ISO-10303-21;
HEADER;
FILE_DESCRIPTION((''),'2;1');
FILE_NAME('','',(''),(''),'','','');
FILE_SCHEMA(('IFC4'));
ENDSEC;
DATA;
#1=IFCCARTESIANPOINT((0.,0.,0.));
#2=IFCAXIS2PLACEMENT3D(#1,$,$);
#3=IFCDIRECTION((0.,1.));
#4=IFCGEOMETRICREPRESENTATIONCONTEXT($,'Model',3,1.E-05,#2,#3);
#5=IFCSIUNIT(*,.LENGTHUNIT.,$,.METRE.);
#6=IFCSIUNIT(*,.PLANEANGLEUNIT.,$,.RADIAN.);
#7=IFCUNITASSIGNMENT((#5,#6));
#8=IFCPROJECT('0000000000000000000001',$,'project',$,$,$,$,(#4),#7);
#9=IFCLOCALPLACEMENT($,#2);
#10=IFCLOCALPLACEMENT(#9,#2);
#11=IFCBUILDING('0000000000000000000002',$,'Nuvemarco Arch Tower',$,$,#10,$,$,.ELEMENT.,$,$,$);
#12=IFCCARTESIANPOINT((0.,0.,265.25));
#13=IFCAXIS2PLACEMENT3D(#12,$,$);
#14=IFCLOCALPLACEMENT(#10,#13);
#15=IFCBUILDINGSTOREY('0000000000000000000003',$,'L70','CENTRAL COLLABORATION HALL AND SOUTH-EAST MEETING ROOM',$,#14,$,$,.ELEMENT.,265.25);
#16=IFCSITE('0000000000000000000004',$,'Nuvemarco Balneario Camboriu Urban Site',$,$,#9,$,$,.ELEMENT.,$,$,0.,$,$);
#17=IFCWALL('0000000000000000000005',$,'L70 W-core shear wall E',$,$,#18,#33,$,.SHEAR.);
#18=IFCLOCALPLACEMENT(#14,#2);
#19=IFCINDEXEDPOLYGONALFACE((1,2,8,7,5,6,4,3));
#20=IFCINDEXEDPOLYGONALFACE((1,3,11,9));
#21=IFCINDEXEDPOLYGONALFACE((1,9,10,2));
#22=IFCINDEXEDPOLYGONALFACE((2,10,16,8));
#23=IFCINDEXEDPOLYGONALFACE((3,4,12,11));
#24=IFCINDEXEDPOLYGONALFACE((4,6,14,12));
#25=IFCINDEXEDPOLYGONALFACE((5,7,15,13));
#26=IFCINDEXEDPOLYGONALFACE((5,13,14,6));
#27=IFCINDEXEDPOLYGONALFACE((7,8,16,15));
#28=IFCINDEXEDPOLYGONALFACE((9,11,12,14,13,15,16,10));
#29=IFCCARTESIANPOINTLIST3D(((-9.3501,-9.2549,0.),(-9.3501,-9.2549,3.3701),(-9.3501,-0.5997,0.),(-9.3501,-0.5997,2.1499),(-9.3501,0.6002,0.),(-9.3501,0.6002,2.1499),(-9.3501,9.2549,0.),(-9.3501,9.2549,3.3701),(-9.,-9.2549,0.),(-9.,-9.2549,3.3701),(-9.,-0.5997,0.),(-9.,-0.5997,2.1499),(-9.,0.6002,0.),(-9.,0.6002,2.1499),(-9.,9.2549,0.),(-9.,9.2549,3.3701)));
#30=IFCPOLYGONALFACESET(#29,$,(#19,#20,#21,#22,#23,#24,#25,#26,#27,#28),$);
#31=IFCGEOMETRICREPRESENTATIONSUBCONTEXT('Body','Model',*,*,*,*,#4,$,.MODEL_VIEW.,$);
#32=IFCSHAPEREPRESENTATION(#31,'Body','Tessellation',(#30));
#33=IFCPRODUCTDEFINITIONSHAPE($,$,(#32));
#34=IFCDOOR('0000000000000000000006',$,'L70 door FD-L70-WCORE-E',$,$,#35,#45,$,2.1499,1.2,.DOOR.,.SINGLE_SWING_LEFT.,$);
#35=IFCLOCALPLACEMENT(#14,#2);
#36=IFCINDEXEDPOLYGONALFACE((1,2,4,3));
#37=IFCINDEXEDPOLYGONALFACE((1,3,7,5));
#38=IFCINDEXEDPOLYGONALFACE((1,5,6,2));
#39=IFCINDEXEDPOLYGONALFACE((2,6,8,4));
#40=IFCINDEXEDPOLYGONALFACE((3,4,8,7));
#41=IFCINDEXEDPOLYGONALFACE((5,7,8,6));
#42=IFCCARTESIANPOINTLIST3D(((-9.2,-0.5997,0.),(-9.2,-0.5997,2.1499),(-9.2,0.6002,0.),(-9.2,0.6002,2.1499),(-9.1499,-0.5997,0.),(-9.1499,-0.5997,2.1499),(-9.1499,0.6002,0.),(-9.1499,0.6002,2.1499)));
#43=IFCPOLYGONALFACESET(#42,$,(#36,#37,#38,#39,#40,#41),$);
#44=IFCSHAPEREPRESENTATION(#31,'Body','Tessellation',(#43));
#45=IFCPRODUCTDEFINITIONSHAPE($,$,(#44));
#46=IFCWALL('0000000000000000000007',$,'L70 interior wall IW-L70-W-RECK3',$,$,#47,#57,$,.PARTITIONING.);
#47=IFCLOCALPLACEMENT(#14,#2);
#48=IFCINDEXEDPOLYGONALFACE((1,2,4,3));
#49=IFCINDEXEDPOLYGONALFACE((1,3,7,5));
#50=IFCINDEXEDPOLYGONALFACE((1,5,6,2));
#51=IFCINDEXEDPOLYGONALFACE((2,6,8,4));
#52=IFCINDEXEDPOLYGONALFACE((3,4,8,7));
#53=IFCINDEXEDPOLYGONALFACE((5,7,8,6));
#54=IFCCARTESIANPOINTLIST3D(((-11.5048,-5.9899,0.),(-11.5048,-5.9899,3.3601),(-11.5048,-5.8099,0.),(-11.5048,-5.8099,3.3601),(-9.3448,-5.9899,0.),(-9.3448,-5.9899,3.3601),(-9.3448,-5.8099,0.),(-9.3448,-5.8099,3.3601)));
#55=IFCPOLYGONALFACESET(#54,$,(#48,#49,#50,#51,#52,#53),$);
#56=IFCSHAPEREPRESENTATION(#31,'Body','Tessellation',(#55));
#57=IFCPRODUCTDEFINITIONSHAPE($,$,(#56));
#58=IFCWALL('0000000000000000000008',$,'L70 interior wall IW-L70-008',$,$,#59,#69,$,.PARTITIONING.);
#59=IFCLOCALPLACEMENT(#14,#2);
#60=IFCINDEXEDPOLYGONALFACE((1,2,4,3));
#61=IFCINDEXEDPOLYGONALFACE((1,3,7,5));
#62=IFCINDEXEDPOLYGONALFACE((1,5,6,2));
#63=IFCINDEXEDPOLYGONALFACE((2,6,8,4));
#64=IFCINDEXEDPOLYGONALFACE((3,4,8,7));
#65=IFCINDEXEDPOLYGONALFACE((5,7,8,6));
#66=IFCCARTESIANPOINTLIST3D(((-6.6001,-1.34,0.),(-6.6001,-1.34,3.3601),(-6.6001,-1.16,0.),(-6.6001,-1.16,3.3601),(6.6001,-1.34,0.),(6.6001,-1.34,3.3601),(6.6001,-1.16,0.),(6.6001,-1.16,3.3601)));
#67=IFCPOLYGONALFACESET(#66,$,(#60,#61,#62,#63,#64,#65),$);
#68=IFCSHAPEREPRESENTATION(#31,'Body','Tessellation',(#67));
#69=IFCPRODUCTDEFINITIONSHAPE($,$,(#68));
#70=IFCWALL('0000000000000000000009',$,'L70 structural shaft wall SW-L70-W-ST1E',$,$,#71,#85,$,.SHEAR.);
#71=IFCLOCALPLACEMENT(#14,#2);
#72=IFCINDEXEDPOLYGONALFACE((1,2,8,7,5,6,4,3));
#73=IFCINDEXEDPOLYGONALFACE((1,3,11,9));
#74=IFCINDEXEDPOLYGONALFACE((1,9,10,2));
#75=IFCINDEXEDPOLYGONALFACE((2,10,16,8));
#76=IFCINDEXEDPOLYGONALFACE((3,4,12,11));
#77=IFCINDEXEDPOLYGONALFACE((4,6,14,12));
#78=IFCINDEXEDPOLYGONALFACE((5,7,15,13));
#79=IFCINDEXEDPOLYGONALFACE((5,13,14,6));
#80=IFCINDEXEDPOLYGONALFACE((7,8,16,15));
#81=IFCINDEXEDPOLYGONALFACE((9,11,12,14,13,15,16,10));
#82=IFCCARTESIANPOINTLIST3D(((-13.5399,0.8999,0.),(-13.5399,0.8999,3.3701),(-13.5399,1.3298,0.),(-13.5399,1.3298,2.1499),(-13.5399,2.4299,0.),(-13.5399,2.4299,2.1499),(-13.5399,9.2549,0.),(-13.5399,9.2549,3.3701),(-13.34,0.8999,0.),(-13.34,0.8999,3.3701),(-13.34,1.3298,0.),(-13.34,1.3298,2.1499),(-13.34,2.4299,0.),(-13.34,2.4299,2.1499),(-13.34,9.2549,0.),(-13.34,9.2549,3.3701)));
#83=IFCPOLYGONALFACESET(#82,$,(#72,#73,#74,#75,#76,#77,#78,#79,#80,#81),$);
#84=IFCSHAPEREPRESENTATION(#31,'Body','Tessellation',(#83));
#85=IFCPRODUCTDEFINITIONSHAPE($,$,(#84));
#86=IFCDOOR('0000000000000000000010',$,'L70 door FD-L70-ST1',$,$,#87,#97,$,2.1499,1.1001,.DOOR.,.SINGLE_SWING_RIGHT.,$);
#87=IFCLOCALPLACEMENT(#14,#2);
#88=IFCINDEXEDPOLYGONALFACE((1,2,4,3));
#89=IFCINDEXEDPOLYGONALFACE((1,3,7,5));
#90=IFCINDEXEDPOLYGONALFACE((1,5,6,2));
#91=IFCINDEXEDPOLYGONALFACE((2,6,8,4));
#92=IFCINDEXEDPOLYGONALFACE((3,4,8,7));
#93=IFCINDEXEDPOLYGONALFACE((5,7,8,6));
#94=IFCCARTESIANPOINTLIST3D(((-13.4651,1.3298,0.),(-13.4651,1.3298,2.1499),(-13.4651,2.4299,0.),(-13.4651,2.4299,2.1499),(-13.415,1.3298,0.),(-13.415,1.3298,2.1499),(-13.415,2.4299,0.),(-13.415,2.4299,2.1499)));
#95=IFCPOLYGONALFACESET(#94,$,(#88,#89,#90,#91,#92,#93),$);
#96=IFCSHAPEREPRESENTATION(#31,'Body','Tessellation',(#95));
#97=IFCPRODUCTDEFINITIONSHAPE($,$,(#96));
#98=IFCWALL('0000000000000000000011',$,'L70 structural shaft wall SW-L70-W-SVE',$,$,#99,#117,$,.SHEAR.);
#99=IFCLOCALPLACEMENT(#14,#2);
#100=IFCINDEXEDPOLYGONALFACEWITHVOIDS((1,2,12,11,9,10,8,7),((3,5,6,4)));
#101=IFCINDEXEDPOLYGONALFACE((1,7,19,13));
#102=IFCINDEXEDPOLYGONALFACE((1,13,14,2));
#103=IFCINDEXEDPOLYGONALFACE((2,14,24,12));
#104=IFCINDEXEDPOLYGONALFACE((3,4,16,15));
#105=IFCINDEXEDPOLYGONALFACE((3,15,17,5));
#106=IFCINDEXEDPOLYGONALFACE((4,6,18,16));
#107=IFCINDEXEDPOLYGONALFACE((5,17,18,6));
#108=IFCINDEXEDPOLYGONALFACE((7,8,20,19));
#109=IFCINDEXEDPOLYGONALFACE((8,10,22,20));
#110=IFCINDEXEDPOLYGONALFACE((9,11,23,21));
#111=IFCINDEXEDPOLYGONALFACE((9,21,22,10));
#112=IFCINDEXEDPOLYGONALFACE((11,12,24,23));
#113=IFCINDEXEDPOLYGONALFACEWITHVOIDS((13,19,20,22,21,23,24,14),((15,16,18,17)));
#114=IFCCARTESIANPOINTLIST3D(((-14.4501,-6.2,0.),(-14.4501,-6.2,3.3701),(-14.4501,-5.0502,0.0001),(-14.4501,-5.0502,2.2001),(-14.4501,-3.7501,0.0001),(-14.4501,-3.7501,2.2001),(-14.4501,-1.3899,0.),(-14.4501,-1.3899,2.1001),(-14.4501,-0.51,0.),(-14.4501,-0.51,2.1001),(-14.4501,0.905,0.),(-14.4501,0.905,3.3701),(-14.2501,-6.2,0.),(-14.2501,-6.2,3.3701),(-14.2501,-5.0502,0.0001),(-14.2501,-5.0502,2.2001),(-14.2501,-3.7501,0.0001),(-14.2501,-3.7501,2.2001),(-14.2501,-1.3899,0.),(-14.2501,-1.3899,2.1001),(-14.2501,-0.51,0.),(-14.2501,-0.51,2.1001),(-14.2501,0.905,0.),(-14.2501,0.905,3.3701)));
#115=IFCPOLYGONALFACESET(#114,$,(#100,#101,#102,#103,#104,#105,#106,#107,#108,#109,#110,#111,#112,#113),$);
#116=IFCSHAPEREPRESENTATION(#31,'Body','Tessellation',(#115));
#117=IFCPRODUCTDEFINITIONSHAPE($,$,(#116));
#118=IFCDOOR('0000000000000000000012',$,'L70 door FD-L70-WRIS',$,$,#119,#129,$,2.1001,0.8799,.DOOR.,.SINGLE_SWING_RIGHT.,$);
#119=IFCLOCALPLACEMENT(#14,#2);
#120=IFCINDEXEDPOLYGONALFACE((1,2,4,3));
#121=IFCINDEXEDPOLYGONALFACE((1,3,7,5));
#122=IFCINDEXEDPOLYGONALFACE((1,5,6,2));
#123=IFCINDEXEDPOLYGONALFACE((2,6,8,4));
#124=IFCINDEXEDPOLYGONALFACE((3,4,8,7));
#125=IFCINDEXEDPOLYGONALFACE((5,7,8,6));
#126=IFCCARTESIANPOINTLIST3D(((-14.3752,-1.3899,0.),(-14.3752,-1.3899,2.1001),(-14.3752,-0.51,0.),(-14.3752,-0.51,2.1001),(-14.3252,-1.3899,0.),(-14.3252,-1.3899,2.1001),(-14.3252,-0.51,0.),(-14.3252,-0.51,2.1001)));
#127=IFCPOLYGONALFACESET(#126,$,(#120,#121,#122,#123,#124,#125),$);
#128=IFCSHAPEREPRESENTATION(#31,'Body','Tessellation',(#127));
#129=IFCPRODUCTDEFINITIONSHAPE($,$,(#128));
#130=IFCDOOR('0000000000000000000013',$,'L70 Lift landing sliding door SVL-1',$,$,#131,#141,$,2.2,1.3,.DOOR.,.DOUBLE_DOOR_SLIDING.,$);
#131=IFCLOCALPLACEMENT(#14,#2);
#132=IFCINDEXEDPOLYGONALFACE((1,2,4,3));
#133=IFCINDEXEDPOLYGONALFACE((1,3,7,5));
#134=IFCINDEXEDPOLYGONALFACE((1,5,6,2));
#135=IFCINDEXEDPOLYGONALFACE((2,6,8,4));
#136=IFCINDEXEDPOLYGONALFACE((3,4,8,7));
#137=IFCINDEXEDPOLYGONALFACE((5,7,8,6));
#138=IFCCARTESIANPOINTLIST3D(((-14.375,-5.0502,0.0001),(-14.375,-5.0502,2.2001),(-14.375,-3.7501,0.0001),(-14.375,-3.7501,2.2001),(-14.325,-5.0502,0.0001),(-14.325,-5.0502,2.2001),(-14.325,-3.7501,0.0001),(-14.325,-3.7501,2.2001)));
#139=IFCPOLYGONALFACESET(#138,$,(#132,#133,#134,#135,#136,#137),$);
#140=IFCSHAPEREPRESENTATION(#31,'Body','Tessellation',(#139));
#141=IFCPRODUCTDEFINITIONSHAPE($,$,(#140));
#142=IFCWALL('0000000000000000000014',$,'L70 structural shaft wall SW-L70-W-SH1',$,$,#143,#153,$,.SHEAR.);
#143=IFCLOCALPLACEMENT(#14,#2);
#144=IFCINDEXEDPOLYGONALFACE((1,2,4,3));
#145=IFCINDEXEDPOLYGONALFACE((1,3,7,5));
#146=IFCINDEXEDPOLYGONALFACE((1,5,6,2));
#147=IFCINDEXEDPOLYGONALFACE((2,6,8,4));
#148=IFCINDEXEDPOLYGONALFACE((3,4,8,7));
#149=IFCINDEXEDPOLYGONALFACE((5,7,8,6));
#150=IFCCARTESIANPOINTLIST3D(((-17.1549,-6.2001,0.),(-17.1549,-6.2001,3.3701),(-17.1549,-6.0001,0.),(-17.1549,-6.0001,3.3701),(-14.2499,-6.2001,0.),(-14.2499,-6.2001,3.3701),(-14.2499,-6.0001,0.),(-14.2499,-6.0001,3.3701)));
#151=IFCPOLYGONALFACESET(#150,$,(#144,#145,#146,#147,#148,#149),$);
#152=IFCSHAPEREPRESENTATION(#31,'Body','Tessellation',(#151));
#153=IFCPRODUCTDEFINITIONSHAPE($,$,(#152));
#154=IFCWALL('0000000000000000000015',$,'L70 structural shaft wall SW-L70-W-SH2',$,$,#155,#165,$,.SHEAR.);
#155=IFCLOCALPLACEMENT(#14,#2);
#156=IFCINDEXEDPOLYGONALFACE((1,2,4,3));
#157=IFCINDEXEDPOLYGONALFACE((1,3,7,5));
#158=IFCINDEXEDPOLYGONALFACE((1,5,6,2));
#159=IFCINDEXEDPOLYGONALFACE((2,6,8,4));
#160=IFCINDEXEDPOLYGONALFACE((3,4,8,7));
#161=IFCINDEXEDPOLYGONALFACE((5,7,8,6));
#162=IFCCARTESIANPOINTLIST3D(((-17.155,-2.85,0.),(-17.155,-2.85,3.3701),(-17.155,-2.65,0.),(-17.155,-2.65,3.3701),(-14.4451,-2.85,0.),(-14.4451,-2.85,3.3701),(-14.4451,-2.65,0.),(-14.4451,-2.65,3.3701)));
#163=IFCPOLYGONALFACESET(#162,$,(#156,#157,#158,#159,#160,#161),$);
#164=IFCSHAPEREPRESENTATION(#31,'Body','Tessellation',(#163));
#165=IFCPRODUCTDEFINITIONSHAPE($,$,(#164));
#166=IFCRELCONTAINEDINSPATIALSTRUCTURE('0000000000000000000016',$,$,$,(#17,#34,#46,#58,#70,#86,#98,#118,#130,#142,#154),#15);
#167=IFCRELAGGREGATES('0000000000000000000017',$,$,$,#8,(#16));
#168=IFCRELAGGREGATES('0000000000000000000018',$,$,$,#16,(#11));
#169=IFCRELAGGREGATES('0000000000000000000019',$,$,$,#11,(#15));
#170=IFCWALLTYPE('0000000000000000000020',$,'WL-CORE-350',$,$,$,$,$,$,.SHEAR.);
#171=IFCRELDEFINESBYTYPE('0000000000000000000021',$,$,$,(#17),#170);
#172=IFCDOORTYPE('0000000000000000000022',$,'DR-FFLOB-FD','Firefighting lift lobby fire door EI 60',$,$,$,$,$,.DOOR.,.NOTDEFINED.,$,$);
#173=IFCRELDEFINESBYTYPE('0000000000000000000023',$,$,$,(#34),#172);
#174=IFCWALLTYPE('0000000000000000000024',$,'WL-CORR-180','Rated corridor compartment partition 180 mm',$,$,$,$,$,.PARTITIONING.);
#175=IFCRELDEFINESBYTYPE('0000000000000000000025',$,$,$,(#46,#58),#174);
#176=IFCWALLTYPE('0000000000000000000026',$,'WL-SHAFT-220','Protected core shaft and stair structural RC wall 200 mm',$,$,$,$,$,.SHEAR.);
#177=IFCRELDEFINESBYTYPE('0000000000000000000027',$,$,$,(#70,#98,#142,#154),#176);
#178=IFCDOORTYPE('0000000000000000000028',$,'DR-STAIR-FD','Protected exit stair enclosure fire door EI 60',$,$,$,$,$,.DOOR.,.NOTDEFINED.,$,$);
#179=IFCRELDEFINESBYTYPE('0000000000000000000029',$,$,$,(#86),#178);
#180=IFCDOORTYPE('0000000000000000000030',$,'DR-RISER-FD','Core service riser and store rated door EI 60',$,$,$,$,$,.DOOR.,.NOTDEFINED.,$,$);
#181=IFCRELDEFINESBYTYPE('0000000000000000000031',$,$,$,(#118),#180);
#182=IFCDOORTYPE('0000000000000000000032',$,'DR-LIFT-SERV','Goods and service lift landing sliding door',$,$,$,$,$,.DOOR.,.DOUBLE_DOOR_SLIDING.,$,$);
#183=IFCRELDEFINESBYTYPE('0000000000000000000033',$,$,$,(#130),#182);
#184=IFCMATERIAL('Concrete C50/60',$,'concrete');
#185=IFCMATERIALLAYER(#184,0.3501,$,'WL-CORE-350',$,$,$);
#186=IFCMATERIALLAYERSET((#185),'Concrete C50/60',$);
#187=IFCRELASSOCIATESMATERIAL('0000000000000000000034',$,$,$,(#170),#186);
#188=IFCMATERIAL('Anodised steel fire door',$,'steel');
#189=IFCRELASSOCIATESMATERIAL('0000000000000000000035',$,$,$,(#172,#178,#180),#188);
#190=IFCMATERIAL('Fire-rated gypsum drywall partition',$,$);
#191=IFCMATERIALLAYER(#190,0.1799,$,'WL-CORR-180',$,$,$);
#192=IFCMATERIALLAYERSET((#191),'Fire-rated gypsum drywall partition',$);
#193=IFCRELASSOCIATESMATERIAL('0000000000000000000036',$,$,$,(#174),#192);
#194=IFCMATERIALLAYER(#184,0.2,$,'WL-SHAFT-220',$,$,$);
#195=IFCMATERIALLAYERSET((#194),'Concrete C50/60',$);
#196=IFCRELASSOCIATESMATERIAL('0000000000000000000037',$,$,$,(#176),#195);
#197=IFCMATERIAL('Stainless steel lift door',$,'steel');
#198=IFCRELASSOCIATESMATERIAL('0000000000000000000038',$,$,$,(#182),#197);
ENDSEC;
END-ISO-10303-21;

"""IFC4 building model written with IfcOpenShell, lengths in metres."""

from ifc_helpers import new_model, si_unit, direction, frame, frame_2d, origin, place, context, subcontext, project, spatial, rectangle, extrude, source, transform, mapped, material, layer, layer_set, type_object, type_shapes, element, fill, save


model = new_model("IFC4")

# Units and contexts
model_context = context("Model", 3, precision=1e-05, world=origin(), true_north=direction((0.0, 1.0)))
body_context = subcontext(model_context, "Body", "Model", "MODEL_VIEW")
ifc_project = project(units=[si_unit("LENGTHUNIT", "METRE"), si_unit("PLANEANGLEUNIT", "RADIAN")], contexts=[model_context])

# Site, building, storey
site_placement = place(None, origin())
site = spatial("IfcSite", under=ifc_project, at=site_placement, Name="Nuvemarco Balneario Camboriu Urban Site", CompositionType="ELEMENT", RefElevation=0.0)
building_placement = place(site_placement, origin())
building = spatial("IfcBuilding", under=site, at=building_placement, Name="Nuvemarco Arch Tower", CompositionType="ELEMENT")
storey_placement = place(building_placement, frame((0.0, 0.0, 265.25)))
storey = spatial("IfcBuildingStorey", under=building, at=storey_placement, Name="L70", Description="CENTRAL COLLABORATION HALL AND SOUTH-EAST MEETING ROOM", CompositionType="ELEMENT", Elevation=265.25)

# Shared definitions
ifc_material_1 = material(Name="Concrete C50/60", Category="concrete")

# Wall, opening, door
ifc_layer_1 = layer(ifc_material_1, 0.3501, Name="WL-CORE-350")
ifc_layer_set_1 = layer_set([ifc_layer_1], Name="Concrete C50/60")
wall_type_1 = type_object("IfcWallType", Name="WL-CORE-350", PredefinedType="SHEAR", material=ifc_layer_set_1)
wall_1_placement = place(storey_placement, frame((-9.175, -9.2549, 0.0), z_axis=(0.0, 0.0, 1.0), x_axis=(0.0, 1.0, 0.0)))
wall_1 = element("IfcWall", 1, at=wall_1_placement, inside=storey, type_object=wall_type_1, Name="L70 W-core shear wall E", PredefinedType="SHEAR", context=body_context, shape_type="SweptSolid", body=[
    extrude(rectangle(XDim=18.5098, YDim=0.3501, at=frame_2d((9.2549, 0.0))), origin(), (0.0, 0.0, 1.0), 3.3701),
])
opening_1_placement = place(wall_1_placement, frame((8.655, 0.0, 0.0)))
opening_1 = element("IfcOpeningElement", 2, at=opening_1_placement, cuts=wall_1, PredefinedType="OPENING", context=body_context, shape_type="SweptSolid", body=[
    extrude(rectangle(XDim=1.2, YDim=2.1499, at=frame_2d((0.6001, 1.075))), frame((0.0, 0.1851, 0.0), z_axis=(0.0, -1.0, 0.0), x_axis=(1.0, 0.0, 0.0)), (0.0, 0.0, 1.0), 0.3701),
])
ifc_material_2 = material(Name="Anodised steel fire door", Category="steel")
door_type_1 = type_object("IfcDoorType", Name="DR-FFLOB-FD", Description="Firefighting lift lobby fire door EI 60", OperationType="NOTDEFINED", PredefinedType="DOOR", material=ifc_material_2)
shared_shape_1 = source(origin(), body_context, "Body", "SweptSolid", [
    extrude(rectangle(XDim=1.2, YDim=2.1499, at=frame_2d((0.6001, 1.075))), frame((0.0, 0.0249, 0.0), z_axis=(0.0, -1.0, 0.0), x_axis=(1.0, 0.0, 0.0)), (0.0, 0.0, 1.0), 0.05),
])
type_shapes(door_type_1, [shared_shape_1])
door_1_placement = place(opening_1_placement, origin())
door_1 = element("IfcDoor", 3, at=door_1_placement, inside=storey, type_object=door_type_1, Name="L70 door FD-L70-WCORE-E", OperationType="SINGLE_SWING_LEFT", OverallHeight=2.1499, OverallWidth=1.2, PredefinedType="DOOR", context=body_context, shape_type="MappedRepresentation", body=[
    mapped(shared_shape_1, transform((0.0, 0.0, 0.0), scale=1.0)),
])
fill(opening_1, door_1)

# Walls
ifc_material_3 = material(Name="Fire-rated gypsum drywall partition")
ifc_layer_2 = layer(ifc_material_3, 0.1799, Name="WL-CORR-180")
ifc_layer_set_2 = layer_set([ifc_layer_2], Name="Fire-rated gypsum drywall partition")
wall_type_2 = type_object("IfcWallType", Name="WL-CORR-180", Description="Rated corridor compartment partition 180 mm", PredefinedType="PARTITIONING", material=ifc_layer_set_2)
wall_2_placement = place(storey_placement, frame((-11.5049, -5.8999, 0.0), z_axis=(0.0, 0.0, 1.0), x_axis=(1.0, 0.0, 0.0)))
element("IfcWall", 4, at=wall_2_placement, inside=storey, type_object=wall_type_2, Name="L70 interior wall IW-L70-W-RECK3", PredefinedType="PARTITIONING", context=body_context, shape_type="SweptSolid", body=[
    extrude(rectangle(XDim=2.1599, YDim=0.1799, at=frame_2d((1.0801, 0.0))), origin(), (0.0, 0.0, 1.0), 3.3601),
])
wall_3_placement = place(storey_placement, frame((-6.6001, -1.25, 0.0), z_axis=(0.0, 0.0, 1.0), x_axis=(1.0, 0.0, 0.0)))
element("IfcWall", 5, at=wall_3_placement, inside=storey, type_object=wall_type_2, Name="L70 interior wall IW-L70-008", PredefinedType="PARTITIONING", context=body_context, shape_type="SweptSolid", body=[
    extrude(rectangle(XDim=13.2002, YDim=0.1799, at=frame_2d((6.6001, 0.0))), origin(), (0.0, 0.0, 1.0), 3.3601),
])

# Wall, opening, door
ifc_layer_3 = layer(ifc_material_1, 0.2, Name="WL-SHAFT-220")
ifc_layer_set_3 = layer_set([ifc_layer_3], Name="Concrete C50/60")
wall_type_3 = type_object("IfcWallType", Name="WL-SHAFT-220", Description="Protected core shaft and stair structural RC wall 200 mm", PredefinedType="SHEAR", material=ifc_layer_set_3)
wall_4_placement = place(storey_placement, frame((-13.4399, 0.8999, 0.0), z_axis=(0.0, 0.0, 1.0), x_axis=(0.0, 1.0, 0.0)))
wall_4 = element("IfcWall", 6, at=wall_4_placement, inside=storey, type_object=wall_type_3, Name="L70 structural shaft wall SW-L70-W-ST1E", PredefinedType="SHEAR", context=body_context, shape_type="SweptSolid", body=[
    extrude(rectangle(XDim=8.355, YDim=0.2, at=frame_2d((4.1775, 0.0))), origin(), (0.0, 0.0, 1.0), 3.3701),
])
opening_2_placement = place(wall_4_placement, frame((1.53, 0.0, 0.0), z_axis=(0.0, 0.0, 1.0), x_axis=(-1.0, 0.0, 0.0)))
opening_2 = element("IfcOpeningElement", 7, at=opening_2_placement, cuts=wall_4, PredefinedType="OPENING", context=body_context, shape_type="SweptSolid", body=[
    extrude(rectangle(XDim=1.1001, YDim=2.1499, at=frame_2d((0.55, 1.075))), frame((0.0, 0.1099, 0.0), z_axis=(0.0, -1.0, 0.0), x_axis=(1.0, 0.0, 0.0)), (0.0, 0.0, 1.0), 0.22),
])
door_type_2 = type_object("IfcDoorType", Name="DR-STAIR-FD", Description="Protected exit stair enclosure fire door EI 60", OperationType="NOTDEFINED", PredefinedType="DOOR", material=ifc_material_2)
shared_shape_2 = source(origin(), body_context, "Body", "SweptSolid", [
    extrude(rectangle(XDim=1.1001, YDim=2.1499, at=frame_2d((0.55, 1.075))), frame((0.0, 0.0249, 0.0), z_axis=(0.0, -1.0, 0.0), x_axis=(1.0, 0.0, 0.0)), (0.0, 0.0, 1.0), 0.05),
])
type_shapes(door_type_2, [shared_shape_2])
door_2_placement = place(opening_2_placement, origin())
door_2 = element("IfcDoor", 8, at=door_2_placement, inside=storey, type_object=door_type_2, Name="L70 door FD-L70-ST1", OperationType="SINGLE_SWING_RIGHT", OverallHeight=2.1499, OverallWidth=1.1001, PredefinedType="DOOR", context=body_context, shape_type="MappedRepresentation", body=[
    mapped(shared_shape_2, transform((0.0, 0.0, 0.0), scale=1.0)),
])
fill(opening_2, door_2)
ifc_material_4 = material(Name="Stainless steel lift door", Category="steel")

# Wall, openings, doors
wall_5_placement = place(storey_placement, frame((-14.3501, -6.2, 0.0), z_axis=(0.0, 0.0, 1.0), x_axis=(0.0, 1.0, 0.0)))
wall_5 = element("IfcWall", 9, at=wall_5_placement, inside=storey, type_object=wall_type_3, Name="L70 structural shaft wall SW-L70-W-SVE", PredefinedType="SHEAR", context=body_context, shape_type="SweptSolid", body=[
    extrude(rectangle(XDim=7.105, YDim=0.2, at=frame_2d((3.5525, 0.0))), origin(), (0.0, 0.0, 1.0), 3.3701),
])
opening_3_placement = place(wall_5_placement, frame((5.6899, 0.0, 0.0), z_axis=(0.0, 0.0, 1.0), x_axis=(-1.0, 0.0, 0.0)))
opening_3 = element("IfcOpeningElement", 10, at=opening_3_placement, cuts=wall_5, PredefinedType="OPENING", context=body_context, shape_type="SweptSolid", body=[
    extrude(rectangle(XDim=0.8799, YDim=2.1001, at=frame_2d((0.4399, 1.05))), frame((0.0, 0.1099, 0.0), z_axis=(0.0, -1.0, 0.0), x_axis=(1.0, 0.0, 0.0)), (0.0, 0.0, 1.0), 0.22),
])
opening_4_placement = place(wall_5_placement, frame((1.1499, 0.0, 0.0)))
opening_4 = element("IfcOpeningElement", 11, at=opening_4_placement, cuts=wall_5, PredefinedType="OPENING", context=body_context, shape_type="SweptSolid", body=[
    extrude(rectangle(XDim=1.3, YDim=2.2, at=frame_2d((0.6499, 1.1001))), frame((0.0, 0.1099, 0.0), z_axis=(0.0, -1.0, 0.0), x_axis=(1.0, 0.0, 0.0)), (0.0, 0.0, 1.0), 0.22),
])
door_type_3 = type_object("IfcDoorType", Name="DR-RISER-FD", Description="Core service riser and store rated door EI 60", OperationType="NOTDEFINED", PredefinedType="DOOR", material=ifc_material_2)
shared_shape_3 = source(origin(), body_context, "Body", "SweptSolid", [
    extrude(rectangle(XDim=0.8799, YDim=2.1001, at=frame_2d((0.4399, 1.05))), frame((0.0, 0.0249, 0.0), z_axis=(0.0, -1.0, 0.0), x_axis=(1.0, 0.0, 0.0)), (0.0, 0.0, 1.0), 0.05),
])
type_shapes(door_type_3, [shared_shape_3])
door_3_placement = place(opening_3_placement, origin())
door_3 = element("IfcDoor", 12, at=door_3_placement, inside=storey, type_object=door_type_3, Name="L70 door FD-L70-WRIS", OperationType="SINGLE_SWING_RIGHT", OverallHeight=2.1001, OverallWidth=0.8799, PredefinedType="DOOR", context=body_context, shape_type="MappedRepresentation", body=[
    mapped(shared_shape_3, transform((0.0, 0.0, 0.0), scale=1.0)),
])
fill(opening_3, door_3)
door_type_4 = type_object("IfcDoorType", Name="DR-LIFT-SERV", Description="Goods and service lift landing sliding door", OperationType="DOUBLE_DOOR_SLIDING", PredefinedType="DOOR", material=ifc_material_4)
shared_shape_4 = source(origin(), body_context, "Body", "SweptSolid", [
    extrude(rectangle(XDim=1.3, YDim=2.2, at=frame_2d((0.6499, 1.1001))), frame((0.0, 0.0249, 0.0), z_axis=(0.0, -1.0, 0.0), x_axis=(1.0, 0.0, 0.0)), (0.0, 0.0, 1.0), 0.05),
])
type_shapes(door_type_4, [shared_shape_4])
door_4_placement = place(opening_4_placement, origin())
door_4 = element("IfcDoor", 13, at=door_4_placement, inside=storey, type_object=door_type_4, Name="L70 Lift landing sliding door SVL-1", OperationType="DOUBLE_DOOR_SLIDING", OverallHeight=2.2, OverallWidth=1.3, PredefinedType="DOOR", context=body_context, shape_type="MappedRepresentation", body=[
    mapped(shared_shape_4, transform((0.0, 0.0, 0.0), scale=1.0)),
])
fill(opening_4, door_4)

# Walls
wall_6_placement = place(storey_placement, frame((-17.155, -6.1001, 0.0), z_axis=(0.0, 0.0, 1.0), x_axis=(1.0, 0.0, 0.0)))
element("IfcWall", 14, at=wall_6_placement, inside=storey, type_object=wall_type_3, Name="L70 structural shaft wall SW-L70-W-SH1", PredefinedType="SHEAR", context=body_context, shape_type="SweptSolid", body=[
    extrude(rectangle(XDim=2.905, YDim=0.2, at=frame_2d((1.4526, 0.0))), origin(), (0.0, 0.0, 1.0), 3.3701),
])
wall_7_placement = place(storey_placement, frame((-17.155, -2.75, 0.0), z_axis=(0.0, 0.0, 1.0), x_axis=(1.0, 0.0, 0.0)))
element("IfcWall", 15, at=wall_7_placement, inside=storey, type_object=wall_type_3, Name="L70 structural shaft wall SW-L70-W-SH2", PredefinedType="SHEAR", context=body_context, shape_type="SweptSolid", body=[
    extrude(rectangle(XDim=2.71, YDim=0.2, at=frame_2d((1.355, 0.0))), origin(), (0.0, 0.0, 1.0), 3.3701),
])

save(model, "model.ifc")
